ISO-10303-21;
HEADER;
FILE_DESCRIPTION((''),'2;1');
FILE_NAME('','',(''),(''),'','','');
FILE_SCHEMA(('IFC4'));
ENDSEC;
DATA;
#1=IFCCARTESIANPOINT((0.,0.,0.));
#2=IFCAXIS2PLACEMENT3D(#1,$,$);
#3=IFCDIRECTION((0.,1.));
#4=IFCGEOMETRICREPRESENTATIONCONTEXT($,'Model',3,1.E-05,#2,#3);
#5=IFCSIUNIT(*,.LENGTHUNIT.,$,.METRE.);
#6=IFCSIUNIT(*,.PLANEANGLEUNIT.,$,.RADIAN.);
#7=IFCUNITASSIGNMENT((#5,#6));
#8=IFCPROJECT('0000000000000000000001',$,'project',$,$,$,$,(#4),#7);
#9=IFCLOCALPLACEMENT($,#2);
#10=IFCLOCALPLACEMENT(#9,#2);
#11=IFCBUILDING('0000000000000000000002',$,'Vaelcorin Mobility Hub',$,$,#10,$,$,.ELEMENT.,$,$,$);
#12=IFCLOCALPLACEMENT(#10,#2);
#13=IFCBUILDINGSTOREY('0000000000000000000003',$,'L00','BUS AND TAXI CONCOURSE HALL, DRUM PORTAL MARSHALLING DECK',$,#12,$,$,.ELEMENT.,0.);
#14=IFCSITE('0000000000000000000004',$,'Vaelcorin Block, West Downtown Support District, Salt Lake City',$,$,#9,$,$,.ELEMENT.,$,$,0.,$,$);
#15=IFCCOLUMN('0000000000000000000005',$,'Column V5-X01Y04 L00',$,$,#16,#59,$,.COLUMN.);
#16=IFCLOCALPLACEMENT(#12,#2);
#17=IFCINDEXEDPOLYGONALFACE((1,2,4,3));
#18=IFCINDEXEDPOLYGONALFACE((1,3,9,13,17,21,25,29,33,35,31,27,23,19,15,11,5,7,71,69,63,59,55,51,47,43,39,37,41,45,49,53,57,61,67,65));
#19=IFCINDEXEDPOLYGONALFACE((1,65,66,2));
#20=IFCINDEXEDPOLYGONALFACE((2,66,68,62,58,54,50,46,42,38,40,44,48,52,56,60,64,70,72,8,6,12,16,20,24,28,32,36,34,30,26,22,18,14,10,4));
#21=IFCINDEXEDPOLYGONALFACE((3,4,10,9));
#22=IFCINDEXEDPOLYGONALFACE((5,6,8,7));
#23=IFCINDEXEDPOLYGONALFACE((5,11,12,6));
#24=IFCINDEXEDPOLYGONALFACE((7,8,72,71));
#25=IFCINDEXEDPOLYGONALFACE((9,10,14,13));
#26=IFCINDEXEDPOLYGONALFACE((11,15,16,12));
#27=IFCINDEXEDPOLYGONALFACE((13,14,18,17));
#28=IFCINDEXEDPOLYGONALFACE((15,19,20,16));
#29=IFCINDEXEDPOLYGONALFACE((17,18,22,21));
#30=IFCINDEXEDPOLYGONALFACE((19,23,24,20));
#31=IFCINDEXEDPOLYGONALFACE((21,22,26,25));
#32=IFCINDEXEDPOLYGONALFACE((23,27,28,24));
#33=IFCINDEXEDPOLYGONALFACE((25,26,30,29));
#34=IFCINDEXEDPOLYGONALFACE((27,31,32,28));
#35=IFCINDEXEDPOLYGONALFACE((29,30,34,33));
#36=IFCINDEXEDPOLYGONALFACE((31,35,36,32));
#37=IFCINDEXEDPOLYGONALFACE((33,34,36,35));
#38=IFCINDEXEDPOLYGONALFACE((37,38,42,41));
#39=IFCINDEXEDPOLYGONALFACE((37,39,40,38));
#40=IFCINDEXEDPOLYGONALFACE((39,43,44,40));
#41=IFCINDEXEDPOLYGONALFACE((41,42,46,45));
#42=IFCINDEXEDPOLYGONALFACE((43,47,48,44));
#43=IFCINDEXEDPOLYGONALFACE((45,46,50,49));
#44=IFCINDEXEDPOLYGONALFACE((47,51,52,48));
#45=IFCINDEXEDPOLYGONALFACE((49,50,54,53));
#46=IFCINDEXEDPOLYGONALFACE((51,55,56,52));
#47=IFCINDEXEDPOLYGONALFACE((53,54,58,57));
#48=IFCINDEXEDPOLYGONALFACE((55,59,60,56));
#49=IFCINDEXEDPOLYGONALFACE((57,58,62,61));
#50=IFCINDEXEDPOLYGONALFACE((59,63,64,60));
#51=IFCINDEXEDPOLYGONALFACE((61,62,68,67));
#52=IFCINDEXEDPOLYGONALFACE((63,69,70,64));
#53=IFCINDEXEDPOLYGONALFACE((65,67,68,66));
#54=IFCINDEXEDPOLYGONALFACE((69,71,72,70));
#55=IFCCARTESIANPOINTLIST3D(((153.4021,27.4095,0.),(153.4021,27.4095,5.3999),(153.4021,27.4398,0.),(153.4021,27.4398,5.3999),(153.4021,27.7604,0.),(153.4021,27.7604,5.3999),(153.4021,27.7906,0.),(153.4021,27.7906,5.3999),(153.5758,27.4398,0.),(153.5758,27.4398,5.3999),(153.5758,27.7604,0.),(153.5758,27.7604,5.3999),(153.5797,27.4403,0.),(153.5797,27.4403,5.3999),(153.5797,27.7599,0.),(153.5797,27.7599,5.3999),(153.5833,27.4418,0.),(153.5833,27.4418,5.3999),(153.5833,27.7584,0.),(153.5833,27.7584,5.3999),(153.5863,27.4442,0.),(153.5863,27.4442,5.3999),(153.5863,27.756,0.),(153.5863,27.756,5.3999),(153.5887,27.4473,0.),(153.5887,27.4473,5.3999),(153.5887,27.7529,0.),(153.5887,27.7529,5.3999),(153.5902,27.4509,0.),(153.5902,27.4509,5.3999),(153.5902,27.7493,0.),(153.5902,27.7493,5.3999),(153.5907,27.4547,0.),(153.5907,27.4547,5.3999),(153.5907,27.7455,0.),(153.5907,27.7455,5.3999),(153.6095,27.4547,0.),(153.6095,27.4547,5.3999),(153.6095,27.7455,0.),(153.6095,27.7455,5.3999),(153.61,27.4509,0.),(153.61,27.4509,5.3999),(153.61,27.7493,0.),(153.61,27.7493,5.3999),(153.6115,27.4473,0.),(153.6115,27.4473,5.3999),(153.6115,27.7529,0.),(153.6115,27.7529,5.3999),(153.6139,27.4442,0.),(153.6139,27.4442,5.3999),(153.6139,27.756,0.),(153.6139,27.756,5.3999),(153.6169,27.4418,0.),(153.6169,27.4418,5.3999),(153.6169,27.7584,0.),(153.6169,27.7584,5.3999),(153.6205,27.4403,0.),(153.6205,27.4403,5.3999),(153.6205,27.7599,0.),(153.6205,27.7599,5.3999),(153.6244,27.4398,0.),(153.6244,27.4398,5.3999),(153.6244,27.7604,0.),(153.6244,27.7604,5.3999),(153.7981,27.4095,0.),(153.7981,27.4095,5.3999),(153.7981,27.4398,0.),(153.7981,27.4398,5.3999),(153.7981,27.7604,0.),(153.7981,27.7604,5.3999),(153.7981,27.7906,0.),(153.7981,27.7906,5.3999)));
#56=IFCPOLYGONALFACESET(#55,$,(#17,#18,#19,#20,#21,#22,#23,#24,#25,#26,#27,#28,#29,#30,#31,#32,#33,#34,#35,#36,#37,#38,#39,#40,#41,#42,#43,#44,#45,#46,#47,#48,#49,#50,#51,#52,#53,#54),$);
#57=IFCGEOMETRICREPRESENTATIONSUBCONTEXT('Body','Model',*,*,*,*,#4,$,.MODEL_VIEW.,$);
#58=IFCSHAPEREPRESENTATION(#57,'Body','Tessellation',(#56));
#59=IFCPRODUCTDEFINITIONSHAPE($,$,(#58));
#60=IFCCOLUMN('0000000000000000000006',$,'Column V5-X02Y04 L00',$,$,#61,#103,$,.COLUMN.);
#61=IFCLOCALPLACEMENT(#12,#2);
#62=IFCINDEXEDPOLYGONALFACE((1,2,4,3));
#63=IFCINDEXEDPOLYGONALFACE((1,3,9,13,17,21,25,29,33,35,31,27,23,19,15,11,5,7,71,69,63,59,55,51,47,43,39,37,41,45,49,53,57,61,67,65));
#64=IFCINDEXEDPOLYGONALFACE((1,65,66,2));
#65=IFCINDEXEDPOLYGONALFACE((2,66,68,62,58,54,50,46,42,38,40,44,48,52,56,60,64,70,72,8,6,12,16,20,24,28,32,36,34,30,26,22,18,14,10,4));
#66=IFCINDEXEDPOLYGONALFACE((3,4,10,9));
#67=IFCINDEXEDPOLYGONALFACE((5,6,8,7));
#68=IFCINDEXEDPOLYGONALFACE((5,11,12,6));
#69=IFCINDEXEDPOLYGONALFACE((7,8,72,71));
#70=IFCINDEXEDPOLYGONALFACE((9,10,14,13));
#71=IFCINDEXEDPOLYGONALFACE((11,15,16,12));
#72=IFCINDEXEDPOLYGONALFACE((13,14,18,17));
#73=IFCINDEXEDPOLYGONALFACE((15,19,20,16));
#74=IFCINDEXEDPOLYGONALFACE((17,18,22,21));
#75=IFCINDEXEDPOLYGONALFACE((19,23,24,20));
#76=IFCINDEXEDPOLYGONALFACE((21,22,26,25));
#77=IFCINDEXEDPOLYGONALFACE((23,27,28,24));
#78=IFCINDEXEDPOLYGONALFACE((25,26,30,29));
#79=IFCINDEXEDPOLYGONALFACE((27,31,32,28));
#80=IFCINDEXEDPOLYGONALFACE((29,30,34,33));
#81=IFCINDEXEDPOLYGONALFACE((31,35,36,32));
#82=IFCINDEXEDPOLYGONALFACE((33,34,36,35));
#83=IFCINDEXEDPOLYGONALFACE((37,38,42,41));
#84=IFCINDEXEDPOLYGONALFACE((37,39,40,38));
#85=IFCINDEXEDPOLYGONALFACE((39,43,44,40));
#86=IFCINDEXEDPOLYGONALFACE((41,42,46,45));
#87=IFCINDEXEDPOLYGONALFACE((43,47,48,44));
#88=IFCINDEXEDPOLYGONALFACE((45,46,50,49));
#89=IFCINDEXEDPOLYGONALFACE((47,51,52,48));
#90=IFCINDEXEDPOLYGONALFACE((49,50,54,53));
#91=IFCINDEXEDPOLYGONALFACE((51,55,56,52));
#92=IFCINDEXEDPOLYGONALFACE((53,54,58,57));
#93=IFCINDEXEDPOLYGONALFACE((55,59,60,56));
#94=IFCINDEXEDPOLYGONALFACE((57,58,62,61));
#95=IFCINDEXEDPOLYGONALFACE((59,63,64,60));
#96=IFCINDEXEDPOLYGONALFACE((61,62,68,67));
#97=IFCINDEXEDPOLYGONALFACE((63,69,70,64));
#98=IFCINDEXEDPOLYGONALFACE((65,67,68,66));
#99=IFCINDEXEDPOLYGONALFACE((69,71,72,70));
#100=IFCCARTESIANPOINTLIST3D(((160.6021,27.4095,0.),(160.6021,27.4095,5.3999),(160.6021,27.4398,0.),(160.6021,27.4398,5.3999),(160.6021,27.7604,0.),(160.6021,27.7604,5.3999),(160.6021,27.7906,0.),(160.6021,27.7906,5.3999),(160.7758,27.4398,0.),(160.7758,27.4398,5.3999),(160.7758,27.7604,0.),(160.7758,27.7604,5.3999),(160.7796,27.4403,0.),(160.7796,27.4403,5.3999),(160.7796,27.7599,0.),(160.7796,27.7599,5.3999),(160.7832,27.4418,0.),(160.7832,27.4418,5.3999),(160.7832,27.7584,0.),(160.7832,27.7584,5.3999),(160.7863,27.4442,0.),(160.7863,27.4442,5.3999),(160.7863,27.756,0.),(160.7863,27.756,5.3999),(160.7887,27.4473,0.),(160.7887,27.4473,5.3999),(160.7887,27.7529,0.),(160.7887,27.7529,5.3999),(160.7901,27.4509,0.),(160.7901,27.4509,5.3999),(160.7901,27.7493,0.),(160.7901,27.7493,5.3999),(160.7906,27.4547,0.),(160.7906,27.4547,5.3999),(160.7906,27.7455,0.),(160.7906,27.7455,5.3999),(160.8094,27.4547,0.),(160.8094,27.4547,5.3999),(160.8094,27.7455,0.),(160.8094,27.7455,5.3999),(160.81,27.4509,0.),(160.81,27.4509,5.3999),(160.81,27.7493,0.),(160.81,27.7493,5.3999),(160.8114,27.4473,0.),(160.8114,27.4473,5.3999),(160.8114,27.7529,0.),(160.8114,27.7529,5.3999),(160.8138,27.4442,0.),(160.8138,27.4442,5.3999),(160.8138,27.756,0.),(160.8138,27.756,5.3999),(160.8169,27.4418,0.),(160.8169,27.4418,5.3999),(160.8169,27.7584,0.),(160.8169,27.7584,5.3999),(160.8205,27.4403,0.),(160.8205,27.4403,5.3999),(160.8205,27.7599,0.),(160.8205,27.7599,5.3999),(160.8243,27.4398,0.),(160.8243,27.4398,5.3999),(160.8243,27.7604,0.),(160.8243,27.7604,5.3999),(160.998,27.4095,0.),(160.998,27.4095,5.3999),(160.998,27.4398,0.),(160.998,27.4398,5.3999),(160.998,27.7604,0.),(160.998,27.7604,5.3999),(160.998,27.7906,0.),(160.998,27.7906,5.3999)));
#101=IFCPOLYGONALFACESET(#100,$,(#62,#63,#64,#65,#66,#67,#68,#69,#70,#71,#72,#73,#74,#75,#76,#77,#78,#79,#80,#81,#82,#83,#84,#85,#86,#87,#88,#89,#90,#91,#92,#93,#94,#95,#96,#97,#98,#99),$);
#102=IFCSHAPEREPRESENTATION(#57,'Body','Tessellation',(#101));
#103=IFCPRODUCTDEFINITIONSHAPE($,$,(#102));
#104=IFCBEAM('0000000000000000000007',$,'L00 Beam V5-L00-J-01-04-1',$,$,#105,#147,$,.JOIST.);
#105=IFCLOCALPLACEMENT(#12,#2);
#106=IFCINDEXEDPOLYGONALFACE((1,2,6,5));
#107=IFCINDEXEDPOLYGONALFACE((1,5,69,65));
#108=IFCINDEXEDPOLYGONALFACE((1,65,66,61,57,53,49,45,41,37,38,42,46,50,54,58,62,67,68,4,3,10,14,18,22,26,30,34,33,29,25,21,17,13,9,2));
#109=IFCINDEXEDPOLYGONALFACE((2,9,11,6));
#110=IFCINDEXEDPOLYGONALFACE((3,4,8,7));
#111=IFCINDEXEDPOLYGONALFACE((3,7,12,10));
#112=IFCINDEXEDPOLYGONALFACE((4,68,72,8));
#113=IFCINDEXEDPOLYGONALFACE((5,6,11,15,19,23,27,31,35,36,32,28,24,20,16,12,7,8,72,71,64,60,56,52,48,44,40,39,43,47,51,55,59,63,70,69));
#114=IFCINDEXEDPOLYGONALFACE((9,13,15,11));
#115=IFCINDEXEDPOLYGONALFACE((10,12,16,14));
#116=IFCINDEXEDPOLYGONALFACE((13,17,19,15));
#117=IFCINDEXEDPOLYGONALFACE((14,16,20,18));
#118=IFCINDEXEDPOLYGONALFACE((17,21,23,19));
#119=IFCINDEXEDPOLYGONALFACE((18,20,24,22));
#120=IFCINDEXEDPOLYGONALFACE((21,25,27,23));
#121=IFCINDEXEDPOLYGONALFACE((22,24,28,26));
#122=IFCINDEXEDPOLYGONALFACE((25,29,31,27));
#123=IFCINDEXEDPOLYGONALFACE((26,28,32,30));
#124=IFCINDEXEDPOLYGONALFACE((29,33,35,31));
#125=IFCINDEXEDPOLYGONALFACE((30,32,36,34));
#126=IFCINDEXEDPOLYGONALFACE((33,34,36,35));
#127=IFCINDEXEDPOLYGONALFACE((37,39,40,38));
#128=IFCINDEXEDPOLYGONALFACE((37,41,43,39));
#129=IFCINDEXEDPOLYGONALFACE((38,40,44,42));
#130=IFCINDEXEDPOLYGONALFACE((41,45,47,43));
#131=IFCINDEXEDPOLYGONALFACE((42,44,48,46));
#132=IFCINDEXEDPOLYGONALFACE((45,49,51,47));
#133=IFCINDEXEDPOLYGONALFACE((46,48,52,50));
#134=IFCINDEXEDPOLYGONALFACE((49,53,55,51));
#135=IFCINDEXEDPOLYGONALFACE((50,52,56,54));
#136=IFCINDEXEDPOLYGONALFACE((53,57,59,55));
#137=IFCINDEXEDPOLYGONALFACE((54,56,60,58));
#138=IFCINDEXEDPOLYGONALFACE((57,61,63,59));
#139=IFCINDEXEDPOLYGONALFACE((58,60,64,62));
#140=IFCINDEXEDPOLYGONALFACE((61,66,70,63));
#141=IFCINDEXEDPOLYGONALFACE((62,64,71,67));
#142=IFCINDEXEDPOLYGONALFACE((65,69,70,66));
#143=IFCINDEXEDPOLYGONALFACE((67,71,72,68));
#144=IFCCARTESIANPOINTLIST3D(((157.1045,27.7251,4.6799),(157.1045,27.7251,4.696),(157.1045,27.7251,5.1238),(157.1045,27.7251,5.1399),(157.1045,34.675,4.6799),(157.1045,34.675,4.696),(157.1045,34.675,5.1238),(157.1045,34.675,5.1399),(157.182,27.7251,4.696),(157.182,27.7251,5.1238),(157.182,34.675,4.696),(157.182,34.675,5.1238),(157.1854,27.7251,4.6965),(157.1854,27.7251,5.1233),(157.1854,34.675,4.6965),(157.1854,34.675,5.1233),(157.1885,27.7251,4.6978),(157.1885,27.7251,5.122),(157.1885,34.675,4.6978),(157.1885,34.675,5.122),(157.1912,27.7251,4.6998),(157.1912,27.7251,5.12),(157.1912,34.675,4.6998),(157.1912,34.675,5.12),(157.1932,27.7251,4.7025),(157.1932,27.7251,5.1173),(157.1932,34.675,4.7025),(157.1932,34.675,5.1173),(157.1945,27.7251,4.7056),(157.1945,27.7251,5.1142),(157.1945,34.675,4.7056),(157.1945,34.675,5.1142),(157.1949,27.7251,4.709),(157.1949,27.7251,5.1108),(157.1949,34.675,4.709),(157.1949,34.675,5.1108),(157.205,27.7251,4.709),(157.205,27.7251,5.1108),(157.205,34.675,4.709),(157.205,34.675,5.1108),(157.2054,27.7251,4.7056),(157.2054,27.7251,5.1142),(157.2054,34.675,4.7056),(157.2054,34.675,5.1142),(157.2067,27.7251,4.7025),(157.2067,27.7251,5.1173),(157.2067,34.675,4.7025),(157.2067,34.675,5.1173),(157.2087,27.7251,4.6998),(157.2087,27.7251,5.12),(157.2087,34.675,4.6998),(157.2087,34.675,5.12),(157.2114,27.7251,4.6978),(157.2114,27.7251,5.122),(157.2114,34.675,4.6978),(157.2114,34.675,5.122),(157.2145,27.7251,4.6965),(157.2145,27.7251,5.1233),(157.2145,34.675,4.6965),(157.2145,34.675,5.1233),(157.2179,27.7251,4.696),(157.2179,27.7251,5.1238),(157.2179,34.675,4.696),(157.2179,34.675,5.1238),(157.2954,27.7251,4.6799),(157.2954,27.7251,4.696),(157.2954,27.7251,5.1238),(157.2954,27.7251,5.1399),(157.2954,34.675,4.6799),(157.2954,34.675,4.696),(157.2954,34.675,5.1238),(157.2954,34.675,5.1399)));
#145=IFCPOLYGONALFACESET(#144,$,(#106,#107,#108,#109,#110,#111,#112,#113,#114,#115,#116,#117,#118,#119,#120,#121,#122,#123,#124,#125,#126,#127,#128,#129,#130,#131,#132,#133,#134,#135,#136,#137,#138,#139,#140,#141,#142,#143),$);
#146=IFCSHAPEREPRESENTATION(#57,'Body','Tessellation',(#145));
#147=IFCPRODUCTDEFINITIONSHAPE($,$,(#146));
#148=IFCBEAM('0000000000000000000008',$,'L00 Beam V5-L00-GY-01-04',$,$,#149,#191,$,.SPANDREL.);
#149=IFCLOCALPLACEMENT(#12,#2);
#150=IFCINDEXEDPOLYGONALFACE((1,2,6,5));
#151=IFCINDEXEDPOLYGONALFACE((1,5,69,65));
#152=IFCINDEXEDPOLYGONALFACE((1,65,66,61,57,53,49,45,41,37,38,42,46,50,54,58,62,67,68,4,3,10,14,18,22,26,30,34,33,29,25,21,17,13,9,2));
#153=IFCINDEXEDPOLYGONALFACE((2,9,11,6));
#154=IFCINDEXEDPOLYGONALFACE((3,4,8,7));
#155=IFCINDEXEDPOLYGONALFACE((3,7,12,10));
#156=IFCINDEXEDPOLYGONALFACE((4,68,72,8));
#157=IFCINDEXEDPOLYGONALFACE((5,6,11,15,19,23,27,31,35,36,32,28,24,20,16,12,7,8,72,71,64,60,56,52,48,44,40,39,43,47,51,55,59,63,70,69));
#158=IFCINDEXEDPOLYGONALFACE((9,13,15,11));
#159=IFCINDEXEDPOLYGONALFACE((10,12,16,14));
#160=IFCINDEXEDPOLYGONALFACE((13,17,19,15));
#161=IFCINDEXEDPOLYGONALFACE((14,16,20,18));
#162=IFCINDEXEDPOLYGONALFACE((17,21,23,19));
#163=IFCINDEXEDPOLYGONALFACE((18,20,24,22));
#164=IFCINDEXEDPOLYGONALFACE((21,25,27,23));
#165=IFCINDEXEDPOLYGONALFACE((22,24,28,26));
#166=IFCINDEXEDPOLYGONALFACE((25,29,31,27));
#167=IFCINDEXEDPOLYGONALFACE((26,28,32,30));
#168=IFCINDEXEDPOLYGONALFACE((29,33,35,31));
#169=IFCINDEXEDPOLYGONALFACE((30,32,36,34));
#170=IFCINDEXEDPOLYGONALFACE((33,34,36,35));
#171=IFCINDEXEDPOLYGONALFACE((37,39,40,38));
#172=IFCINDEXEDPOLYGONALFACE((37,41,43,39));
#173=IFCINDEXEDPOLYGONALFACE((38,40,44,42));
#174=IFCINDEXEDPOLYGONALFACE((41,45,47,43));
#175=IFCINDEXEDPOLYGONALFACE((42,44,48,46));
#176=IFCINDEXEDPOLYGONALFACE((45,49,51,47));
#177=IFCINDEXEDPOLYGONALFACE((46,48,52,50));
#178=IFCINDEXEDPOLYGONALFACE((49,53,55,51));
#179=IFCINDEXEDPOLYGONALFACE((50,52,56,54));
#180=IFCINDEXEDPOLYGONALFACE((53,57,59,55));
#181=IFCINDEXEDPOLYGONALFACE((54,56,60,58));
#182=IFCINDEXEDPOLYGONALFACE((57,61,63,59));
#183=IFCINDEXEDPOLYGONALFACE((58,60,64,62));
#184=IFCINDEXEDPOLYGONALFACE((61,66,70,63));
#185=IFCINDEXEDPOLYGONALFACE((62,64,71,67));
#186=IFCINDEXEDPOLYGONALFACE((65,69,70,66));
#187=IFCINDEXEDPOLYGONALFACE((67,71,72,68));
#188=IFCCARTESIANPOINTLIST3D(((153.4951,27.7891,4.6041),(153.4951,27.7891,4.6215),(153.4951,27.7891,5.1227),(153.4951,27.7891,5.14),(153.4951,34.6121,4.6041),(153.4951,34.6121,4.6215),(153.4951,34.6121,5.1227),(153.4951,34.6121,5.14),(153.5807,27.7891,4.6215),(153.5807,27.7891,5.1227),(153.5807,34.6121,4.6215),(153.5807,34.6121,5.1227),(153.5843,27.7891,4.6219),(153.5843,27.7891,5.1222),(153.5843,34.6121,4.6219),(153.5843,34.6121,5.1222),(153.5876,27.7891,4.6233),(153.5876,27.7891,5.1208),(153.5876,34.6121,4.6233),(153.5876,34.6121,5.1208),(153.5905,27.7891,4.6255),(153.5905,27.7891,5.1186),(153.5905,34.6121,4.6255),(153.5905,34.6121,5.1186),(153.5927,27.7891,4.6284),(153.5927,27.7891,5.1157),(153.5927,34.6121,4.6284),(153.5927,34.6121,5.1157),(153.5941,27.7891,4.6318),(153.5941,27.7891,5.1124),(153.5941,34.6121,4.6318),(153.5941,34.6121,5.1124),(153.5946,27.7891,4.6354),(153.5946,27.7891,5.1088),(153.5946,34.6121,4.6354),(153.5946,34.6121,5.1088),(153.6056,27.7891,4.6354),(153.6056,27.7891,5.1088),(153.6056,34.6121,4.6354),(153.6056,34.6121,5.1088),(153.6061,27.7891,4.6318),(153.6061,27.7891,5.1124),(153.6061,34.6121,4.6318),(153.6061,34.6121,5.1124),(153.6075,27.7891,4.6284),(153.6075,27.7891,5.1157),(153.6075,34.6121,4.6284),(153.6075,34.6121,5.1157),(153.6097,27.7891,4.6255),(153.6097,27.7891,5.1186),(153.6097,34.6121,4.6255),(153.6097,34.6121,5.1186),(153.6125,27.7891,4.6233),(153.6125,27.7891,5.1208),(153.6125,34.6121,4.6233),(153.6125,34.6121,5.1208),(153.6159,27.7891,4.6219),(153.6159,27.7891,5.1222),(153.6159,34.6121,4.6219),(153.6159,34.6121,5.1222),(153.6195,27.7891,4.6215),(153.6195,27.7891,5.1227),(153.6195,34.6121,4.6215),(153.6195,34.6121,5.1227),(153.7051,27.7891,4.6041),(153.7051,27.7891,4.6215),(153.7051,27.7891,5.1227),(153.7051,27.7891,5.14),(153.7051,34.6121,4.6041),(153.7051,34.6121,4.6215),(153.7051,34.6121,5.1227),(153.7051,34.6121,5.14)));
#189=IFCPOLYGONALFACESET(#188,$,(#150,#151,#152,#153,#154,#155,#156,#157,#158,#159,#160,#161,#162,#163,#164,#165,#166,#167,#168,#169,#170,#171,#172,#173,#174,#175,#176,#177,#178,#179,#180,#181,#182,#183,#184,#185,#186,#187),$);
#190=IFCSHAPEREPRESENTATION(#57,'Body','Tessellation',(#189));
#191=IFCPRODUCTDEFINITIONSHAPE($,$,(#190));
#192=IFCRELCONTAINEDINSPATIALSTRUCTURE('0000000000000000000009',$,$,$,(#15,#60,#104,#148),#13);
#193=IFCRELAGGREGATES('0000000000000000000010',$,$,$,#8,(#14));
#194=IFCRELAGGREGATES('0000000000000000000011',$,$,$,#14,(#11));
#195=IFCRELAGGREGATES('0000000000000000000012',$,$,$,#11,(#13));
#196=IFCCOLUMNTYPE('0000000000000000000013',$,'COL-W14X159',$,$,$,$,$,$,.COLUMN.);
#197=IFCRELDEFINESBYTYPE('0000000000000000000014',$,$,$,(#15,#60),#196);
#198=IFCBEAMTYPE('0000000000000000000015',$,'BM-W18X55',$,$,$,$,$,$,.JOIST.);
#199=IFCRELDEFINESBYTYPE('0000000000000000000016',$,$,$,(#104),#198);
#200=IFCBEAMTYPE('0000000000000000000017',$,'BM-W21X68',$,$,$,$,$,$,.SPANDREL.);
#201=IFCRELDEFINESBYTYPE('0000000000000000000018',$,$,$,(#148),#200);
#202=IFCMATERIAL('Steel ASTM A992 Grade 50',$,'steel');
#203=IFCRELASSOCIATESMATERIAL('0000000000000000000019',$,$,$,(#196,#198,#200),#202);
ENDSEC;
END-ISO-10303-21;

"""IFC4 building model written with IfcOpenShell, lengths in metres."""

from ifc_helpers import new_model, si_unit, direction, frame, origin, origin_2d, place, context, subcontext, project, spatial, i_section, extrude, material, material_profile, profile_set, type_object, element, save


model = new_model("IFC4")

# Units and contexts
model_context = context("Model", 3, precision=1e-05, world=origin(), true_north=direction((0.0, 1.0)))
body_context = subcontext(model_context, "Body", "Model", "MODEL_VIEW")
ifc_project = project(units=[si_unit("LENGTHUNIT", "METRE"), si_unit("PLANEANGLEUNIT", "RADIAN")], contexts=[model_context])

# Site, building, storey
site_placement = place(None, origin())
site = spatial("IfcSite", under=ifc_project, at=site_placement, Name="Vaelcorin Block, West Downtown Support District, Salt Lake City", CompositionType="ELEMENT", RefElevation=0.0)
building_placement = place(site_placement, origin())
building = spatial("IfcBuilding", under=site, at=building_placement, Name="Vaelcorin Mobility Hub", CompositionType="ELEMENT")
storey_placement = place(building_placement, origin())
storey = spatial("IfcBuildingStorey", under=building, at=storey_placement, Name="L00", Description="BUS AND TAXI CONCOURSE HALL, DRUM PORTAL MARSHALLING DECK", CompositionType="ELEMENT", Elevation=0.0)

# Columns
ifc_material_1 = material(Name="Steel ASTM A992 Grade 50", Category="steel")
ifc_material_profile_1 = material_profile(ifc_material_1, i_section(OverallWidth=0.396, OverallDepth=0.3811, WebThickness=0.0188, FlangeThickness=0.0303, FilletRadius=0.0149, at=origin_2d()), Name="W14X159")
ifc_profile_set_1 = profile_set([ifc_material_profile_1], Name="Steel ASTM A992 Grade 50")
column_type = type_object("IfcColumnType", Name="COL-W14X159", PredefinedType="COLUMN", material=ifc_profile_set_1)
for number, where, z_axis, x_axis, name in (
    (1, (153.6001, 27.6001, 0.0), (0.0, 0.0, 1.0), (1.0, 0.0, 0.0), "Column V5-X01Y04 L00"),
    (2, (160.8, 27.6001, 0.0), (0.0, 0.0, 1.0), (1.0, 0.0, 0.0), "Column V5-X02Y04 L00"),
):
    element("IfcColumn", number, at=place(storey_placement, frame(where, z_axis=z_axis, x_axis=x_axis)), inside=storey, type_object=column_type, Name=name, PredefinedType="COLUMN", context=body_context, shape_type="SweptSolid", body=[
        extrude(i_section(OverallWidth=0.396, OverallDepth=0.3811, WebThickness=0.0188, FlangeThickness=0.0303, FilletRadius=0.0149, at=origin_2d()), origin(), (0.0, 0.0, 1.0), 5.3999),
    ])

# Beams
ifc_material_profile_2 = material_profile(ifc_material_1, i_section(OverallWidth=0.1909, OverallDepth=0.46, WebThickness=0.01, FlangeThickness=0.0161, FilletRadius=0.0129, at=origin_2d()), Name="W18X55")
ifc_profile_set_2 = profile_set([ifc_material_profile_2], Name="Steel ASTM A992 Grade 50")
beam_type_1 = type_object("IfcBeamType", Name="BM-W18X55", PredefinedType="JOIST", material=ifc_profile_set_2)
beam_1_placement = place(storey_placement, frame((157.2, 27.7251, 4.9099), z_axis=(0.0, 1.0, 0.0), x_axis=(-1.0, 0.0, 0.0)))
element("IfcBeam", 3, at=beam_1_placement, inside=storey, type_object=beam_type_1, Name="L00 Beam V5-L00-J-01-04-1", PredefinedType="JOIST", context=body_context, shape_type="SweptSolid", body=[
    extrude(i_section(OverallWidth=0.1909, OverallDepth=0.46, WebThickness=0.01, FlangeThickness=0.0161, FilletRadius=0.0129, at=origin_2d()), origin(), (0.0, 0.0, 1.0), 6.95),
])
ifc_material_profile_3 = material_profile(ifc_material_1, i_section(OverallWidth=0.21, OverallDepth=0.5359, WebThickness=0.011, FlangeThickness=0.0173, FilletRadius=0.0139, at=origin_2d()), Name="W21X68")
ifc_profile_set_3 = profile_set([ifc_material_profile_3], Name="Steel ASTM A992 Grade 50")
beam_type_2 = type_object("IfcBeamType", Name="BM-W21X68", PredefinedType="SPANDREL", material=ifc_profile_set_3)
beam_2_placement = place(storey_placement, frame((153.6001, 27.7891, 4.8721), z_axis=(0.0, 1.0, 0.0), x_axis=(-1.0, 0.0, 0.0)))
element("IfcBeam", 4, at=beam_2_placement, inside=storey, type_object=beam_type_2, Name="L00 Beam V5-L00-GY-01-04", PredefinedType="SPANDREL", context=body_context, shape_type="SweptSolid", body=[
    extrude(i_section(OverallWidth=0.21, OverallDepth=0.5359, WebThickness=0.011, FlangeThickness=0.0173, FilletRadius=0.0139, at=origin_2d()), origin(), (0.0, 0.0, 1.0), 6.823),
])

save(model, "model.ifc")
